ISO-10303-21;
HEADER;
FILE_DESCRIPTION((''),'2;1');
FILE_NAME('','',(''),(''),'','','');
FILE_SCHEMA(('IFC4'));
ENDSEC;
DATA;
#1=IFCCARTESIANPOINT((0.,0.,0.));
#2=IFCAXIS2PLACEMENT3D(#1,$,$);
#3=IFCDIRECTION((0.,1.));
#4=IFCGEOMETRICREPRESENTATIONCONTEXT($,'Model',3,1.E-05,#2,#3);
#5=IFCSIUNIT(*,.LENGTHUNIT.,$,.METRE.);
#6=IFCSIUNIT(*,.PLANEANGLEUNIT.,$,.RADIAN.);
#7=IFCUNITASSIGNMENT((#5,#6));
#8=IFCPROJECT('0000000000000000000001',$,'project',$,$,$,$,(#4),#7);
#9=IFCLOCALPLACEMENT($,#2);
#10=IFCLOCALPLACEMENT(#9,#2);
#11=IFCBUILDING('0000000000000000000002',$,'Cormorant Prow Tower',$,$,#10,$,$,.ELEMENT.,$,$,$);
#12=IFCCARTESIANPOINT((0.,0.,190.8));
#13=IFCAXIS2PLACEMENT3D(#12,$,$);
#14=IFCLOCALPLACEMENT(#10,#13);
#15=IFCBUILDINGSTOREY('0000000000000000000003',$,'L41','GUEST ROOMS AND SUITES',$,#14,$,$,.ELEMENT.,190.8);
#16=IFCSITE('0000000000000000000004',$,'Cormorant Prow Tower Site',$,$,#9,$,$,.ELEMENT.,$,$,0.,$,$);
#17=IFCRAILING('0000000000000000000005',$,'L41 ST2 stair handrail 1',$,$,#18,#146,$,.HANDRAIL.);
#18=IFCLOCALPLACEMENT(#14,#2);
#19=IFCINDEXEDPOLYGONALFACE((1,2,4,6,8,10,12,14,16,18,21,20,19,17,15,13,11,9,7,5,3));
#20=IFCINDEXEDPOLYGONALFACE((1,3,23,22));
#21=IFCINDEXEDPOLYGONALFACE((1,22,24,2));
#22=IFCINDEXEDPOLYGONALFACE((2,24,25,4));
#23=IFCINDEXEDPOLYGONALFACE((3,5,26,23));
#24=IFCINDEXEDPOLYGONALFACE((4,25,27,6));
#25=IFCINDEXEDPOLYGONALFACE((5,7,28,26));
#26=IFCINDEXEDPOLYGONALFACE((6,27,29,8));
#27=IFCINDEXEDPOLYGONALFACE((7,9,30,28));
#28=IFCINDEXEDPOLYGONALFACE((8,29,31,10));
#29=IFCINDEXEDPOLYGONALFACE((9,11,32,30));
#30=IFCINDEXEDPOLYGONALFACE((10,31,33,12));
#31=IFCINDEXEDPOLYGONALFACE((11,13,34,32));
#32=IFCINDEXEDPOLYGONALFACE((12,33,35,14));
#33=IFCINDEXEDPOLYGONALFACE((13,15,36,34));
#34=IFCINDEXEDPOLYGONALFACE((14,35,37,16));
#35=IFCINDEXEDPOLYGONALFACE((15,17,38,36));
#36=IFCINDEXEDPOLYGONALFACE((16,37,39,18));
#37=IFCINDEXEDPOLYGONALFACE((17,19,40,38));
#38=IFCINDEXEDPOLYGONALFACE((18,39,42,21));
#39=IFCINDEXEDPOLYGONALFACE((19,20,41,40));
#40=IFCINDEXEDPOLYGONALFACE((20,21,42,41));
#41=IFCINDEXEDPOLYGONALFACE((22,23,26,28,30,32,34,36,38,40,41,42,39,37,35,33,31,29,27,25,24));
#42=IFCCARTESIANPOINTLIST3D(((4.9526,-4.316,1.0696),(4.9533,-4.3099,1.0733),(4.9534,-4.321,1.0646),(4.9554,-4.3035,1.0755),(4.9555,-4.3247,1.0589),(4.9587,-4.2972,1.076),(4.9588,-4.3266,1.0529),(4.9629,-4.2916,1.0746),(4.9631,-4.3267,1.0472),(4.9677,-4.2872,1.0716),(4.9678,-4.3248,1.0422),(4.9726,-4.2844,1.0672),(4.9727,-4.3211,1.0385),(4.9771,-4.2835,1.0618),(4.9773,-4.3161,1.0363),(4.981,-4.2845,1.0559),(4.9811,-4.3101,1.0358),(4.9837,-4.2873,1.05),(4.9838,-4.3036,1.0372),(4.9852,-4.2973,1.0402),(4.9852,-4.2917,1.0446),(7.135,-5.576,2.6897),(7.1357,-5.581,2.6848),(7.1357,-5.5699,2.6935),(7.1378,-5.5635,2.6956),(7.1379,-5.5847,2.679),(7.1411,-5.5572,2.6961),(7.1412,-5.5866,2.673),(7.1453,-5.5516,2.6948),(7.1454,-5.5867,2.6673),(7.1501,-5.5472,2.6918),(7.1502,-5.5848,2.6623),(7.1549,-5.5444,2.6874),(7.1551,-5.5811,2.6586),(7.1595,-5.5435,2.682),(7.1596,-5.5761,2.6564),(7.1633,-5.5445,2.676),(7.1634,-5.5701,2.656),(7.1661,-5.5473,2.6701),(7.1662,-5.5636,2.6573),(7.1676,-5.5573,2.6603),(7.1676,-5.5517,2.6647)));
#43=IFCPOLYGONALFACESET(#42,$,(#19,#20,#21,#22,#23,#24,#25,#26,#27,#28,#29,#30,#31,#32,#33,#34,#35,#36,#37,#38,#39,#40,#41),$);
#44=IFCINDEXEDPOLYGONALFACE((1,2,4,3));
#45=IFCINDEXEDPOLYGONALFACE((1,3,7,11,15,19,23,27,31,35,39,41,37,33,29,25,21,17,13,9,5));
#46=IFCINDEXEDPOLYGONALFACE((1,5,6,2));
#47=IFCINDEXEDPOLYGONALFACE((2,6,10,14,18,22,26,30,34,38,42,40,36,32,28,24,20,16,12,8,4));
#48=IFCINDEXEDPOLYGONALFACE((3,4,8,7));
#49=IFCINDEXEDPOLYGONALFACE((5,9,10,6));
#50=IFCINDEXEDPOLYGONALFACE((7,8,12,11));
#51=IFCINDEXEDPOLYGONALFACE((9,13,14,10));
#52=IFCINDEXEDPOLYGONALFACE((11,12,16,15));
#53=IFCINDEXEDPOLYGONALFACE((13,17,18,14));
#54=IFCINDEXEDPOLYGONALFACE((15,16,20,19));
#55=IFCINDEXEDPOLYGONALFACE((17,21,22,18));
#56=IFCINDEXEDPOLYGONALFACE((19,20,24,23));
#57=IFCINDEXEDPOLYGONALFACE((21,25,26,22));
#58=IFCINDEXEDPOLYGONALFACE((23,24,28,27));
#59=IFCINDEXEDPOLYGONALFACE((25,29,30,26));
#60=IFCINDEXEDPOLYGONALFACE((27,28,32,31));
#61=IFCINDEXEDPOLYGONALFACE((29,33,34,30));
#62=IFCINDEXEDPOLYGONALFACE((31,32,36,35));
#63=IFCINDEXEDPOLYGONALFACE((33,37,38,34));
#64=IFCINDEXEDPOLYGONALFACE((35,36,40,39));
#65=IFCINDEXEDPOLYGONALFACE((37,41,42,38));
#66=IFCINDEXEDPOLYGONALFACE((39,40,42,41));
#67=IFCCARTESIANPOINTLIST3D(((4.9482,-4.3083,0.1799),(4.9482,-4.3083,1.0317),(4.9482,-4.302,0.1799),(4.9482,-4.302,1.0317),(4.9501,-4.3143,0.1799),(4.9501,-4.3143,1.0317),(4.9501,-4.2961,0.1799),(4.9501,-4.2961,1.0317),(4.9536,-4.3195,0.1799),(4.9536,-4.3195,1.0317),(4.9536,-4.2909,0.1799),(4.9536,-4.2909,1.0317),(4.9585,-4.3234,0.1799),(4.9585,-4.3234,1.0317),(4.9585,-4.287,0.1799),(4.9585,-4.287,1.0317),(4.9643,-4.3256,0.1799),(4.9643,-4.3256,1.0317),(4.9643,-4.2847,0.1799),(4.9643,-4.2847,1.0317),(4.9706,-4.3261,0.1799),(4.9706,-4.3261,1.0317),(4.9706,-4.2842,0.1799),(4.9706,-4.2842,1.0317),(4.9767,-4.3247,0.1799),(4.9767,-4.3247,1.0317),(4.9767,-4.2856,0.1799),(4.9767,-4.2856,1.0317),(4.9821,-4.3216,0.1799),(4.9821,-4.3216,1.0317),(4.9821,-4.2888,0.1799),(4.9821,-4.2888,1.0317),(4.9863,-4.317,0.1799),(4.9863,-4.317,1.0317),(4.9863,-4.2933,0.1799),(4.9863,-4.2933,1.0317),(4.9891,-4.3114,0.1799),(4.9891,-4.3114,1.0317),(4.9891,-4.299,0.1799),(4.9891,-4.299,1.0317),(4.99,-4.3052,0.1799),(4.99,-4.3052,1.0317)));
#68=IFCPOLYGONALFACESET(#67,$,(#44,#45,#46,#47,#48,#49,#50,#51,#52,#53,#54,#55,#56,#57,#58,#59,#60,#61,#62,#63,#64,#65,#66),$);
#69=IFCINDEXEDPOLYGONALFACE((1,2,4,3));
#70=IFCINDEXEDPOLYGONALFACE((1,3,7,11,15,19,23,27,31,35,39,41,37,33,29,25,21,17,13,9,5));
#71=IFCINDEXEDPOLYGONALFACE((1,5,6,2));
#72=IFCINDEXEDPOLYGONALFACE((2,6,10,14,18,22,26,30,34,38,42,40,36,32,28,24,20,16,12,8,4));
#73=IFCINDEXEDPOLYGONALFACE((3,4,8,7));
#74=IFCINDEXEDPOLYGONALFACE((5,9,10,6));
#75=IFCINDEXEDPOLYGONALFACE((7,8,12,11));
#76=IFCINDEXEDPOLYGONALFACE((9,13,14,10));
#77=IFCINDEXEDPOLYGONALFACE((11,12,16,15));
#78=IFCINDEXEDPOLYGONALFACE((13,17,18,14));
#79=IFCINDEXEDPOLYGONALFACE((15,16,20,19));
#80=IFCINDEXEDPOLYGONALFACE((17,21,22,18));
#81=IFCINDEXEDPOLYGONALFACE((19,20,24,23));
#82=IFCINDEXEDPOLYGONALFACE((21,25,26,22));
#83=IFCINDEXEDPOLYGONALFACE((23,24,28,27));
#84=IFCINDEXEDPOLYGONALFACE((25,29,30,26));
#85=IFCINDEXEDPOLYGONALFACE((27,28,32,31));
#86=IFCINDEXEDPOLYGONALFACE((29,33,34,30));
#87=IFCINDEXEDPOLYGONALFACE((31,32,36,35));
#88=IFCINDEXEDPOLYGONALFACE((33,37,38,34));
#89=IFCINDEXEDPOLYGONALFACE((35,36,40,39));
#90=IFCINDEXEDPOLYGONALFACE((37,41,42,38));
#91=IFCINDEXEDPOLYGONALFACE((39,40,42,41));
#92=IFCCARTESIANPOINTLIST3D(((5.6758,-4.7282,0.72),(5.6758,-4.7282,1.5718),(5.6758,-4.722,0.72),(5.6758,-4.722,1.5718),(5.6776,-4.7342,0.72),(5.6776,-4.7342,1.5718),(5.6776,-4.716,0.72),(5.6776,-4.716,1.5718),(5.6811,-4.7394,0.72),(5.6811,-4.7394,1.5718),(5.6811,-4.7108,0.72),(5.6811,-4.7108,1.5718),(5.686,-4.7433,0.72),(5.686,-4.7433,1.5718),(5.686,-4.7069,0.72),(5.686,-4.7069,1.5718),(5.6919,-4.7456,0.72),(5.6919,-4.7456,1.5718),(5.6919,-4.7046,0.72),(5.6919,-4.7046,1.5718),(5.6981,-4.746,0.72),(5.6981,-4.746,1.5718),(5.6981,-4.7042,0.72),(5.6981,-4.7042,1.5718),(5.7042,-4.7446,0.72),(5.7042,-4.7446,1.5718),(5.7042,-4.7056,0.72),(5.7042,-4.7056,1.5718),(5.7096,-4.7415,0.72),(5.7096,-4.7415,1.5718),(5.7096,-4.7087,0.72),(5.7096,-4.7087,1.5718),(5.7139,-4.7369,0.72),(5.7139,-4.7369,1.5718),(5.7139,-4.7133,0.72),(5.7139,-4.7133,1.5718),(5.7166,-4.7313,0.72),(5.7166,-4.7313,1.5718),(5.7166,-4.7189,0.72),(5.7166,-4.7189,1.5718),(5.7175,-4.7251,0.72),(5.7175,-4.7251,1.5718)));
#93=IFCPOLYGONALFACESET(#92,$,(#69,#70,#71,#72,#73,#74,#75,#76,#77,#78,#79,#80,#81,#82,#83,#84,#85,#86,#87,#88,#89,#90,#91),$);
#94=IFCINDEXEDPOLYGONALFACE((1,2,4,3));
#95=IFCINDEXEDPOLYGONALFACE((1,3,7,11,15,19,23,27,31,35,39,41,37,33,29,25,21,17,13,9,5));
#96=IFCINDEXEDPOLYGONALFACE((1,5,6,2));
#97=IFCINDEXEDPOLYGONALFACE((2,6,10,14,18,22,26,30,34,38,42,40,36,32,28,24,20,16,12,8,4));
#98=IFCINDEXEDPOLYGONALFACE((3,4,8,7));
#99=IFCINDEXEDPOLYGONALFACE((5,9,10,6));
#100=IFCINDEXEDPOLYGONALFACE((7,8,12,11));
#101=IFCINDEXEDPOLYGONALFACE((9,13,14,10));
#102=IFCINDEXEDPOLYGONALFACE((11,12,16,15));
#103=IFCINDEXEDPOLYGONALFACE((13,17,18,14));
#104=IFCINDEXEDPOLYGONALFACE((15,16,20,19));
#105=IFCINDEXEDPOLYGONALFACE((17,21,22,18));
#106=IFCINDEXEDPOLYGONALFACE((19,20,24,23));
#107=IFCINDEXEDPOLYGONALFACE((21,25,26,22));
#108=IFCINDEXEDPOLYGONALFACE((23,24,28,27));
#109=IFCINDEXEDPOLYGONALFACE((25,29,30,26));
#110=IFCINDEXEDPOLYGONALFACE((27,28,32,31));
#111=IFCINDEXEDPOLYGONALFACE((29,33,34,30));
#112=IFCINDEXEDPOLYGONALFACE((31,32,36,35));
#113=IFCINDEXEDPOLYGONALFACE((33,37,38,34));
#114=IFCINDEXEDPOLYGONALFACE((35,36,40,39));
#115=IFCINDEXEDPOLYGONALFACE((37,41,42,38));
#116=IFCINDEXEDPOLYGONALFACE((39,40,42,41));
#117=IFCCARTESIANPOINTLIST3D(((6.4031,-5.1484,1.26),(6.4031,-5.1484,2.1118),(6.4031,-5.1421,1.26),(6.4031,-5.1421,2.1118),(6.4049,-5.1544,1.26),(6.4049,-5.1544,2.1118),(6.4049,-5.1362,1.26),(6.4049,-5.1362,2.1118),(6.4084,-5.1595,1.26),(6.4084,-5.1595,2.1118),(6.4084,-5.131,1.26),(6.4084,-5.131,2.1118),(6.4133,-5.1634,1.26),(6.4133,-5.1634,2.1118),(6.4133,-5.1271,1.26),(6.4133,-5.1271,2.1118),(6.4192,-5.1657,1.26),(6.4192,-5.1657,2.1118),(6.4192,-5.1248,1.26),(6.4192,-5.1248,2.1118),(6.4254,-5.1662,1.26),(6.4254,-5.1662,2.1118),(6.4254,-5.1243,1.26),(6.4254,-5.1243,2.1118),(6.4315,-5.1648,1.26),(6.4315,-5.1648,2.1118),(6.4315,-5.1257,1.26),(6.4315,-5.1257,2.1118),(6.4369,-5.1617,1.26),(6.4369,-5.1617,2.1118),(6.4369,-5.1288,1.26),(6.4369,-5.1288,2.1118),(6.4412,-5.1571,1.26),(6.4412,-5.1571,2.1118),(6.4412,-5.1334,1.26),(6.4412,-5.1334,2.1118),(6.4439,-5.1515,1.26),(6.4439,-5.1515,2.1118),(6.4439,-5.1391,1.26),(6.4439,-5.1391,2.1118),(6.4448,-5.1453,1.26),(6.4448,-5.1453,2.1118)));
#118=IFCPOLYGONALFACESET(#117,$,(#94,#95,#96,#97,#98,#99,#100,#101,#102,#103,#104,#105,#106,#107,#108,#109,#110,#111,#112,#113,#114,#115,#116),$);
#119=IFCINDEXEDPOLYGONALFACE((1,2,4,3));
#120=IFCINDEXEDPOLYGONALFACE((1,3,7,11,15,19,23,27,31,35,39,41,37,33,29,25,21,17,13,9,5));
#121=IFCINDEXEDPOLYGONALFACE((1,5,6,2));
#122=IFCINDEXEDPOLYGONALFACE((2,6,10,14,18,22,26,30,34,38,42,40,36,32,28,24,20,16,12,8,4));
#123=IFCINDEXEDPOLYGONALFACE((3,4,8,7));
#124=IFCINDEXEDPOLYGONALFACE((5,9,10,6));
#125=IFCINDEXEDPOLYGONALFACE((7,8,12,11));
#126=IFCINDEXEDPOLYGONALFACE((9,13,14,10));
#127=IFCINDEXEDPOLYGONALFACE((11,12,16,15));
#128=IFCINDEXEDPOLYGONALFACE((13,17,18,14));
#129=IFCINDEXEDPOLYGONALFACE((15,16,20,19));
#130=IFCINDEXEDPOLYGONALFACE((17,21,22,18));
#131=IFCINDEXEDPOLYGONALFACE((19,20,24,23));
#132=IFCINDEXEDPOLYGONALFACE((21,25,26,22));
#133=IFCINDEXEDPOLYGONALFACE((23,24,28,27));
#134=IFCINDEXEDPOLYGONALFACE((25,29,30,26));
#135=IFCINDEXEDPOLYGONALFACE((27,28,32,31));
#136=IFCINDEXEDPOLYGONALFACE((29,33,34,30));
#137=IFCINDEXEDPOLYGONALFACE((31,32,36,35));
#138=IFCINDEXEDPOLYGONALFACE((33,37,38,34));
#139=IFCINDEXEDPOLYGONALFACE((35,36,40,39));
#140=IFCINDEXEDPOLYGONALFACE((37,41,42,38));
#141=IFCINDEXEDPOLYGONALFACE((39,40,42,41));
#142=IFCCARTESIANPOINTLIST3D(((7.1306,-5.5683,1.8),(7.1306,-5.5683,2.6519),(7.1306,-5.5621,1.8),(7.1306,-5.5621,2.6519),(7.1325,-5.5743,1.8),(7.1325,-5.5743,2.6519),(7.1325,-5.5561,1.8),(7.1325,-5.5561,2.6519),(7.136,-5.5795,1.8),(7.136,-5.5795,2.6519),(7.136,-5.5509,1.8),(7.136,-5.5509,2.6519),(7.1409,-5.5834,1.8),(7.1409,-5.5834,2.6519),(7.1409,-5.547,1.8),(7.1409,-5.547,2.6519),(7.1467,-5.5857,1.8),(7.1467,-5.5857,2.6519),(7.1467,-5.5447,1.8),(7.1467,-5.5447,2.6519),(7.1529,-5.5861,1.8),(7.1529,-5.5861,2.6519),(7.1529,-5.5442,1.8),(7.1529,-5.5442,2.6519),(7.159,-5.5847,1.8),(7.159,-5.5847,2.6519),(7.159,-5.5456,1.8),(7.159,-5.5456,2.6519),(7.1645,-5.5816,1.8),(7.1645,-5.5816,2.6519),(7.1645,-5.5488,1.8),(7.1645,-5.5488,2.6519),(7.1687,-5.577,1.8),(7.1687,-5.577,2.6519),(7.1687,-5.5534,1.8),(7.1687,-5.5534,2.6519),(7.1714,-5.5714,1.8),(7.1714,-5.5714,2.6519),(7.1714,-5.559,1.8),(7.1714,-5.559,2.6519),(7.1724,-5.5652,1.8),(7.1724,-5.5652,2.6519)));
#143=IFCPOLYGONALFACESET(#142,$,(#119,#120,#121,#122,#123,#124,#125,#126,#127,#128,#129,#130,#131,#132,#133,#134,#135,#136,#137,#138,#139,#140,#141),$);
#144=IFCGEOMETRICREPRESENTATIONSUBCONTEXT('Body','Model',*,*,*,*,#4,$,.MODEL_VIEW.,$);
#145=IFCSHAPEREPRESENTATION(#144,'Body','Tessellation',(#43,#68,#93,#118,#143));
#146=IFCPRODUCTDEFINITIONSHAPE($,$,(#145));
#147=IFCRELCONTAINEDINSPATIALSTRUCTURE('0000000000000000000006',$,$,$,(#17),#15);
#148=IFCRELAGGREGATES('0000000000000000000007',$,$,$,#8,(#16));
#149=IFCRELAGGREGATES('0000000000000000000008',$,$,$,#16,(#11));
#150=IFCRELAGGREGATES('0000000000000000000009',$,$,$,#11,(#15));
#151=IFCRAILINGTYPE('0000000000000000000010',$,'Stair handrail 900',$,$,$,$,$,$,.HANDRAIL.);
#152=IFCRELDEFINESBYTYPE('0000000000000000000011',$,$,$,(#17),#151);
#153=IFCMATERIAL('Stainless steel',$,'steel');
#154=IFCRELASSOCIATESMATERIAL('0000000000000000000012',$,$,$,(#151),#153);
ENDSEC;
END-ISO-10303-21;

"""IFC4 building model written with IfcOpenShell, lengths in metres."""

from ifc_helpers import new_model, si_unit, direction, frame, origin, origin_2d, place, context, subcontext, project, spatial, circle, extrude, material, type_object, element, save


model = new_model("IFC4")

# Units and contexts
model_context = context("Model", 3, precision=1e-05, world=origin(), true_north=direction((0.0, 1.0)))
body_context = subcontext(model_context, "Body", "Model", "MODEL_VIEW")
ifc_project = project(units=[si_unit("LENGTHUNIT", "METRE"), si_unit("PLANEANGLEUNIT", "RADIAN")], contexts=[model_context])

# Site, building, storey
site_placement = place(None, origin())
site = spatial("IfcSite", under=ifc_project, at=site_placement, Name="Cormorant Prow Tower Site", CompositionType="ELEMENT", RefElevation=0.0)
building_placement = place(site_placement, origin())
building = spatial("IfcBuilding", under=site, at=building_placement, Name="Cormorant Prow Tower", CompositionType="ELEMENT")
storey_placement = place(building_placement, frame((0.0, 0.0, 190.8)))
storey = spatial("IfcBuildingStorey", under=building, at=storey_placement, Name="L41", Description="GUEST ROOMS AND SUITES", CompositionType="ELEMENT", Elevation=190.8)

# Railing
ifc_material_1 = material(Name="Stainless steel", Category="steel")
railing_type_1 = type_object("IfcRailingType", Name="Stair handrail 900", PredefinedType="HANDRAIL", material=ifc_material_1)
railing_1_placement = place(storey_placement, frame((4.969, -4.3052, 0.1799)))
element("IfcRailing", 1, at=railing_1_placement, inside=storey, type_object=railing_type_1, Name="L41 ST2 stair handrail 1", PredefinedType="HANDRAIL", context=body_context, shape_type="SweptSolid", body=[
    extrude(circle(Radius=0.0239, at=origin_2d()), frame((0.0, 0.0, 0.876), z_axis=(0.728464, -0.420584, 0.540786), x_axis=(0.500005, 0.866023, 0.0)), (0.0, 0.0, 1.0), 2.9958),
    extrude(circle(Radius=0.021, at=origin_2d()), origin(), (0.0, 0.0, 1.0), 0.8518),
    extrude(circle(Radius=0.021, at=origin_2d()), frame((0.7275, -0.4199, 0.54)), (0.0, 0.0, 1.0), 0.8518),
    extrude(circle(Radius=0.021, at=origin_2d()), frame((1.4548, -0.8401, 1.0801)), (0.0, 0.0, 1.0), 0.8518),
    extrude(circle(Radius=0.021, at=origin_2d()), frame((2.1824, -1.26, 1.6201)), (0.0, 0.0, 1.0), 0.8518),
])

save(model, "model.ifc")
